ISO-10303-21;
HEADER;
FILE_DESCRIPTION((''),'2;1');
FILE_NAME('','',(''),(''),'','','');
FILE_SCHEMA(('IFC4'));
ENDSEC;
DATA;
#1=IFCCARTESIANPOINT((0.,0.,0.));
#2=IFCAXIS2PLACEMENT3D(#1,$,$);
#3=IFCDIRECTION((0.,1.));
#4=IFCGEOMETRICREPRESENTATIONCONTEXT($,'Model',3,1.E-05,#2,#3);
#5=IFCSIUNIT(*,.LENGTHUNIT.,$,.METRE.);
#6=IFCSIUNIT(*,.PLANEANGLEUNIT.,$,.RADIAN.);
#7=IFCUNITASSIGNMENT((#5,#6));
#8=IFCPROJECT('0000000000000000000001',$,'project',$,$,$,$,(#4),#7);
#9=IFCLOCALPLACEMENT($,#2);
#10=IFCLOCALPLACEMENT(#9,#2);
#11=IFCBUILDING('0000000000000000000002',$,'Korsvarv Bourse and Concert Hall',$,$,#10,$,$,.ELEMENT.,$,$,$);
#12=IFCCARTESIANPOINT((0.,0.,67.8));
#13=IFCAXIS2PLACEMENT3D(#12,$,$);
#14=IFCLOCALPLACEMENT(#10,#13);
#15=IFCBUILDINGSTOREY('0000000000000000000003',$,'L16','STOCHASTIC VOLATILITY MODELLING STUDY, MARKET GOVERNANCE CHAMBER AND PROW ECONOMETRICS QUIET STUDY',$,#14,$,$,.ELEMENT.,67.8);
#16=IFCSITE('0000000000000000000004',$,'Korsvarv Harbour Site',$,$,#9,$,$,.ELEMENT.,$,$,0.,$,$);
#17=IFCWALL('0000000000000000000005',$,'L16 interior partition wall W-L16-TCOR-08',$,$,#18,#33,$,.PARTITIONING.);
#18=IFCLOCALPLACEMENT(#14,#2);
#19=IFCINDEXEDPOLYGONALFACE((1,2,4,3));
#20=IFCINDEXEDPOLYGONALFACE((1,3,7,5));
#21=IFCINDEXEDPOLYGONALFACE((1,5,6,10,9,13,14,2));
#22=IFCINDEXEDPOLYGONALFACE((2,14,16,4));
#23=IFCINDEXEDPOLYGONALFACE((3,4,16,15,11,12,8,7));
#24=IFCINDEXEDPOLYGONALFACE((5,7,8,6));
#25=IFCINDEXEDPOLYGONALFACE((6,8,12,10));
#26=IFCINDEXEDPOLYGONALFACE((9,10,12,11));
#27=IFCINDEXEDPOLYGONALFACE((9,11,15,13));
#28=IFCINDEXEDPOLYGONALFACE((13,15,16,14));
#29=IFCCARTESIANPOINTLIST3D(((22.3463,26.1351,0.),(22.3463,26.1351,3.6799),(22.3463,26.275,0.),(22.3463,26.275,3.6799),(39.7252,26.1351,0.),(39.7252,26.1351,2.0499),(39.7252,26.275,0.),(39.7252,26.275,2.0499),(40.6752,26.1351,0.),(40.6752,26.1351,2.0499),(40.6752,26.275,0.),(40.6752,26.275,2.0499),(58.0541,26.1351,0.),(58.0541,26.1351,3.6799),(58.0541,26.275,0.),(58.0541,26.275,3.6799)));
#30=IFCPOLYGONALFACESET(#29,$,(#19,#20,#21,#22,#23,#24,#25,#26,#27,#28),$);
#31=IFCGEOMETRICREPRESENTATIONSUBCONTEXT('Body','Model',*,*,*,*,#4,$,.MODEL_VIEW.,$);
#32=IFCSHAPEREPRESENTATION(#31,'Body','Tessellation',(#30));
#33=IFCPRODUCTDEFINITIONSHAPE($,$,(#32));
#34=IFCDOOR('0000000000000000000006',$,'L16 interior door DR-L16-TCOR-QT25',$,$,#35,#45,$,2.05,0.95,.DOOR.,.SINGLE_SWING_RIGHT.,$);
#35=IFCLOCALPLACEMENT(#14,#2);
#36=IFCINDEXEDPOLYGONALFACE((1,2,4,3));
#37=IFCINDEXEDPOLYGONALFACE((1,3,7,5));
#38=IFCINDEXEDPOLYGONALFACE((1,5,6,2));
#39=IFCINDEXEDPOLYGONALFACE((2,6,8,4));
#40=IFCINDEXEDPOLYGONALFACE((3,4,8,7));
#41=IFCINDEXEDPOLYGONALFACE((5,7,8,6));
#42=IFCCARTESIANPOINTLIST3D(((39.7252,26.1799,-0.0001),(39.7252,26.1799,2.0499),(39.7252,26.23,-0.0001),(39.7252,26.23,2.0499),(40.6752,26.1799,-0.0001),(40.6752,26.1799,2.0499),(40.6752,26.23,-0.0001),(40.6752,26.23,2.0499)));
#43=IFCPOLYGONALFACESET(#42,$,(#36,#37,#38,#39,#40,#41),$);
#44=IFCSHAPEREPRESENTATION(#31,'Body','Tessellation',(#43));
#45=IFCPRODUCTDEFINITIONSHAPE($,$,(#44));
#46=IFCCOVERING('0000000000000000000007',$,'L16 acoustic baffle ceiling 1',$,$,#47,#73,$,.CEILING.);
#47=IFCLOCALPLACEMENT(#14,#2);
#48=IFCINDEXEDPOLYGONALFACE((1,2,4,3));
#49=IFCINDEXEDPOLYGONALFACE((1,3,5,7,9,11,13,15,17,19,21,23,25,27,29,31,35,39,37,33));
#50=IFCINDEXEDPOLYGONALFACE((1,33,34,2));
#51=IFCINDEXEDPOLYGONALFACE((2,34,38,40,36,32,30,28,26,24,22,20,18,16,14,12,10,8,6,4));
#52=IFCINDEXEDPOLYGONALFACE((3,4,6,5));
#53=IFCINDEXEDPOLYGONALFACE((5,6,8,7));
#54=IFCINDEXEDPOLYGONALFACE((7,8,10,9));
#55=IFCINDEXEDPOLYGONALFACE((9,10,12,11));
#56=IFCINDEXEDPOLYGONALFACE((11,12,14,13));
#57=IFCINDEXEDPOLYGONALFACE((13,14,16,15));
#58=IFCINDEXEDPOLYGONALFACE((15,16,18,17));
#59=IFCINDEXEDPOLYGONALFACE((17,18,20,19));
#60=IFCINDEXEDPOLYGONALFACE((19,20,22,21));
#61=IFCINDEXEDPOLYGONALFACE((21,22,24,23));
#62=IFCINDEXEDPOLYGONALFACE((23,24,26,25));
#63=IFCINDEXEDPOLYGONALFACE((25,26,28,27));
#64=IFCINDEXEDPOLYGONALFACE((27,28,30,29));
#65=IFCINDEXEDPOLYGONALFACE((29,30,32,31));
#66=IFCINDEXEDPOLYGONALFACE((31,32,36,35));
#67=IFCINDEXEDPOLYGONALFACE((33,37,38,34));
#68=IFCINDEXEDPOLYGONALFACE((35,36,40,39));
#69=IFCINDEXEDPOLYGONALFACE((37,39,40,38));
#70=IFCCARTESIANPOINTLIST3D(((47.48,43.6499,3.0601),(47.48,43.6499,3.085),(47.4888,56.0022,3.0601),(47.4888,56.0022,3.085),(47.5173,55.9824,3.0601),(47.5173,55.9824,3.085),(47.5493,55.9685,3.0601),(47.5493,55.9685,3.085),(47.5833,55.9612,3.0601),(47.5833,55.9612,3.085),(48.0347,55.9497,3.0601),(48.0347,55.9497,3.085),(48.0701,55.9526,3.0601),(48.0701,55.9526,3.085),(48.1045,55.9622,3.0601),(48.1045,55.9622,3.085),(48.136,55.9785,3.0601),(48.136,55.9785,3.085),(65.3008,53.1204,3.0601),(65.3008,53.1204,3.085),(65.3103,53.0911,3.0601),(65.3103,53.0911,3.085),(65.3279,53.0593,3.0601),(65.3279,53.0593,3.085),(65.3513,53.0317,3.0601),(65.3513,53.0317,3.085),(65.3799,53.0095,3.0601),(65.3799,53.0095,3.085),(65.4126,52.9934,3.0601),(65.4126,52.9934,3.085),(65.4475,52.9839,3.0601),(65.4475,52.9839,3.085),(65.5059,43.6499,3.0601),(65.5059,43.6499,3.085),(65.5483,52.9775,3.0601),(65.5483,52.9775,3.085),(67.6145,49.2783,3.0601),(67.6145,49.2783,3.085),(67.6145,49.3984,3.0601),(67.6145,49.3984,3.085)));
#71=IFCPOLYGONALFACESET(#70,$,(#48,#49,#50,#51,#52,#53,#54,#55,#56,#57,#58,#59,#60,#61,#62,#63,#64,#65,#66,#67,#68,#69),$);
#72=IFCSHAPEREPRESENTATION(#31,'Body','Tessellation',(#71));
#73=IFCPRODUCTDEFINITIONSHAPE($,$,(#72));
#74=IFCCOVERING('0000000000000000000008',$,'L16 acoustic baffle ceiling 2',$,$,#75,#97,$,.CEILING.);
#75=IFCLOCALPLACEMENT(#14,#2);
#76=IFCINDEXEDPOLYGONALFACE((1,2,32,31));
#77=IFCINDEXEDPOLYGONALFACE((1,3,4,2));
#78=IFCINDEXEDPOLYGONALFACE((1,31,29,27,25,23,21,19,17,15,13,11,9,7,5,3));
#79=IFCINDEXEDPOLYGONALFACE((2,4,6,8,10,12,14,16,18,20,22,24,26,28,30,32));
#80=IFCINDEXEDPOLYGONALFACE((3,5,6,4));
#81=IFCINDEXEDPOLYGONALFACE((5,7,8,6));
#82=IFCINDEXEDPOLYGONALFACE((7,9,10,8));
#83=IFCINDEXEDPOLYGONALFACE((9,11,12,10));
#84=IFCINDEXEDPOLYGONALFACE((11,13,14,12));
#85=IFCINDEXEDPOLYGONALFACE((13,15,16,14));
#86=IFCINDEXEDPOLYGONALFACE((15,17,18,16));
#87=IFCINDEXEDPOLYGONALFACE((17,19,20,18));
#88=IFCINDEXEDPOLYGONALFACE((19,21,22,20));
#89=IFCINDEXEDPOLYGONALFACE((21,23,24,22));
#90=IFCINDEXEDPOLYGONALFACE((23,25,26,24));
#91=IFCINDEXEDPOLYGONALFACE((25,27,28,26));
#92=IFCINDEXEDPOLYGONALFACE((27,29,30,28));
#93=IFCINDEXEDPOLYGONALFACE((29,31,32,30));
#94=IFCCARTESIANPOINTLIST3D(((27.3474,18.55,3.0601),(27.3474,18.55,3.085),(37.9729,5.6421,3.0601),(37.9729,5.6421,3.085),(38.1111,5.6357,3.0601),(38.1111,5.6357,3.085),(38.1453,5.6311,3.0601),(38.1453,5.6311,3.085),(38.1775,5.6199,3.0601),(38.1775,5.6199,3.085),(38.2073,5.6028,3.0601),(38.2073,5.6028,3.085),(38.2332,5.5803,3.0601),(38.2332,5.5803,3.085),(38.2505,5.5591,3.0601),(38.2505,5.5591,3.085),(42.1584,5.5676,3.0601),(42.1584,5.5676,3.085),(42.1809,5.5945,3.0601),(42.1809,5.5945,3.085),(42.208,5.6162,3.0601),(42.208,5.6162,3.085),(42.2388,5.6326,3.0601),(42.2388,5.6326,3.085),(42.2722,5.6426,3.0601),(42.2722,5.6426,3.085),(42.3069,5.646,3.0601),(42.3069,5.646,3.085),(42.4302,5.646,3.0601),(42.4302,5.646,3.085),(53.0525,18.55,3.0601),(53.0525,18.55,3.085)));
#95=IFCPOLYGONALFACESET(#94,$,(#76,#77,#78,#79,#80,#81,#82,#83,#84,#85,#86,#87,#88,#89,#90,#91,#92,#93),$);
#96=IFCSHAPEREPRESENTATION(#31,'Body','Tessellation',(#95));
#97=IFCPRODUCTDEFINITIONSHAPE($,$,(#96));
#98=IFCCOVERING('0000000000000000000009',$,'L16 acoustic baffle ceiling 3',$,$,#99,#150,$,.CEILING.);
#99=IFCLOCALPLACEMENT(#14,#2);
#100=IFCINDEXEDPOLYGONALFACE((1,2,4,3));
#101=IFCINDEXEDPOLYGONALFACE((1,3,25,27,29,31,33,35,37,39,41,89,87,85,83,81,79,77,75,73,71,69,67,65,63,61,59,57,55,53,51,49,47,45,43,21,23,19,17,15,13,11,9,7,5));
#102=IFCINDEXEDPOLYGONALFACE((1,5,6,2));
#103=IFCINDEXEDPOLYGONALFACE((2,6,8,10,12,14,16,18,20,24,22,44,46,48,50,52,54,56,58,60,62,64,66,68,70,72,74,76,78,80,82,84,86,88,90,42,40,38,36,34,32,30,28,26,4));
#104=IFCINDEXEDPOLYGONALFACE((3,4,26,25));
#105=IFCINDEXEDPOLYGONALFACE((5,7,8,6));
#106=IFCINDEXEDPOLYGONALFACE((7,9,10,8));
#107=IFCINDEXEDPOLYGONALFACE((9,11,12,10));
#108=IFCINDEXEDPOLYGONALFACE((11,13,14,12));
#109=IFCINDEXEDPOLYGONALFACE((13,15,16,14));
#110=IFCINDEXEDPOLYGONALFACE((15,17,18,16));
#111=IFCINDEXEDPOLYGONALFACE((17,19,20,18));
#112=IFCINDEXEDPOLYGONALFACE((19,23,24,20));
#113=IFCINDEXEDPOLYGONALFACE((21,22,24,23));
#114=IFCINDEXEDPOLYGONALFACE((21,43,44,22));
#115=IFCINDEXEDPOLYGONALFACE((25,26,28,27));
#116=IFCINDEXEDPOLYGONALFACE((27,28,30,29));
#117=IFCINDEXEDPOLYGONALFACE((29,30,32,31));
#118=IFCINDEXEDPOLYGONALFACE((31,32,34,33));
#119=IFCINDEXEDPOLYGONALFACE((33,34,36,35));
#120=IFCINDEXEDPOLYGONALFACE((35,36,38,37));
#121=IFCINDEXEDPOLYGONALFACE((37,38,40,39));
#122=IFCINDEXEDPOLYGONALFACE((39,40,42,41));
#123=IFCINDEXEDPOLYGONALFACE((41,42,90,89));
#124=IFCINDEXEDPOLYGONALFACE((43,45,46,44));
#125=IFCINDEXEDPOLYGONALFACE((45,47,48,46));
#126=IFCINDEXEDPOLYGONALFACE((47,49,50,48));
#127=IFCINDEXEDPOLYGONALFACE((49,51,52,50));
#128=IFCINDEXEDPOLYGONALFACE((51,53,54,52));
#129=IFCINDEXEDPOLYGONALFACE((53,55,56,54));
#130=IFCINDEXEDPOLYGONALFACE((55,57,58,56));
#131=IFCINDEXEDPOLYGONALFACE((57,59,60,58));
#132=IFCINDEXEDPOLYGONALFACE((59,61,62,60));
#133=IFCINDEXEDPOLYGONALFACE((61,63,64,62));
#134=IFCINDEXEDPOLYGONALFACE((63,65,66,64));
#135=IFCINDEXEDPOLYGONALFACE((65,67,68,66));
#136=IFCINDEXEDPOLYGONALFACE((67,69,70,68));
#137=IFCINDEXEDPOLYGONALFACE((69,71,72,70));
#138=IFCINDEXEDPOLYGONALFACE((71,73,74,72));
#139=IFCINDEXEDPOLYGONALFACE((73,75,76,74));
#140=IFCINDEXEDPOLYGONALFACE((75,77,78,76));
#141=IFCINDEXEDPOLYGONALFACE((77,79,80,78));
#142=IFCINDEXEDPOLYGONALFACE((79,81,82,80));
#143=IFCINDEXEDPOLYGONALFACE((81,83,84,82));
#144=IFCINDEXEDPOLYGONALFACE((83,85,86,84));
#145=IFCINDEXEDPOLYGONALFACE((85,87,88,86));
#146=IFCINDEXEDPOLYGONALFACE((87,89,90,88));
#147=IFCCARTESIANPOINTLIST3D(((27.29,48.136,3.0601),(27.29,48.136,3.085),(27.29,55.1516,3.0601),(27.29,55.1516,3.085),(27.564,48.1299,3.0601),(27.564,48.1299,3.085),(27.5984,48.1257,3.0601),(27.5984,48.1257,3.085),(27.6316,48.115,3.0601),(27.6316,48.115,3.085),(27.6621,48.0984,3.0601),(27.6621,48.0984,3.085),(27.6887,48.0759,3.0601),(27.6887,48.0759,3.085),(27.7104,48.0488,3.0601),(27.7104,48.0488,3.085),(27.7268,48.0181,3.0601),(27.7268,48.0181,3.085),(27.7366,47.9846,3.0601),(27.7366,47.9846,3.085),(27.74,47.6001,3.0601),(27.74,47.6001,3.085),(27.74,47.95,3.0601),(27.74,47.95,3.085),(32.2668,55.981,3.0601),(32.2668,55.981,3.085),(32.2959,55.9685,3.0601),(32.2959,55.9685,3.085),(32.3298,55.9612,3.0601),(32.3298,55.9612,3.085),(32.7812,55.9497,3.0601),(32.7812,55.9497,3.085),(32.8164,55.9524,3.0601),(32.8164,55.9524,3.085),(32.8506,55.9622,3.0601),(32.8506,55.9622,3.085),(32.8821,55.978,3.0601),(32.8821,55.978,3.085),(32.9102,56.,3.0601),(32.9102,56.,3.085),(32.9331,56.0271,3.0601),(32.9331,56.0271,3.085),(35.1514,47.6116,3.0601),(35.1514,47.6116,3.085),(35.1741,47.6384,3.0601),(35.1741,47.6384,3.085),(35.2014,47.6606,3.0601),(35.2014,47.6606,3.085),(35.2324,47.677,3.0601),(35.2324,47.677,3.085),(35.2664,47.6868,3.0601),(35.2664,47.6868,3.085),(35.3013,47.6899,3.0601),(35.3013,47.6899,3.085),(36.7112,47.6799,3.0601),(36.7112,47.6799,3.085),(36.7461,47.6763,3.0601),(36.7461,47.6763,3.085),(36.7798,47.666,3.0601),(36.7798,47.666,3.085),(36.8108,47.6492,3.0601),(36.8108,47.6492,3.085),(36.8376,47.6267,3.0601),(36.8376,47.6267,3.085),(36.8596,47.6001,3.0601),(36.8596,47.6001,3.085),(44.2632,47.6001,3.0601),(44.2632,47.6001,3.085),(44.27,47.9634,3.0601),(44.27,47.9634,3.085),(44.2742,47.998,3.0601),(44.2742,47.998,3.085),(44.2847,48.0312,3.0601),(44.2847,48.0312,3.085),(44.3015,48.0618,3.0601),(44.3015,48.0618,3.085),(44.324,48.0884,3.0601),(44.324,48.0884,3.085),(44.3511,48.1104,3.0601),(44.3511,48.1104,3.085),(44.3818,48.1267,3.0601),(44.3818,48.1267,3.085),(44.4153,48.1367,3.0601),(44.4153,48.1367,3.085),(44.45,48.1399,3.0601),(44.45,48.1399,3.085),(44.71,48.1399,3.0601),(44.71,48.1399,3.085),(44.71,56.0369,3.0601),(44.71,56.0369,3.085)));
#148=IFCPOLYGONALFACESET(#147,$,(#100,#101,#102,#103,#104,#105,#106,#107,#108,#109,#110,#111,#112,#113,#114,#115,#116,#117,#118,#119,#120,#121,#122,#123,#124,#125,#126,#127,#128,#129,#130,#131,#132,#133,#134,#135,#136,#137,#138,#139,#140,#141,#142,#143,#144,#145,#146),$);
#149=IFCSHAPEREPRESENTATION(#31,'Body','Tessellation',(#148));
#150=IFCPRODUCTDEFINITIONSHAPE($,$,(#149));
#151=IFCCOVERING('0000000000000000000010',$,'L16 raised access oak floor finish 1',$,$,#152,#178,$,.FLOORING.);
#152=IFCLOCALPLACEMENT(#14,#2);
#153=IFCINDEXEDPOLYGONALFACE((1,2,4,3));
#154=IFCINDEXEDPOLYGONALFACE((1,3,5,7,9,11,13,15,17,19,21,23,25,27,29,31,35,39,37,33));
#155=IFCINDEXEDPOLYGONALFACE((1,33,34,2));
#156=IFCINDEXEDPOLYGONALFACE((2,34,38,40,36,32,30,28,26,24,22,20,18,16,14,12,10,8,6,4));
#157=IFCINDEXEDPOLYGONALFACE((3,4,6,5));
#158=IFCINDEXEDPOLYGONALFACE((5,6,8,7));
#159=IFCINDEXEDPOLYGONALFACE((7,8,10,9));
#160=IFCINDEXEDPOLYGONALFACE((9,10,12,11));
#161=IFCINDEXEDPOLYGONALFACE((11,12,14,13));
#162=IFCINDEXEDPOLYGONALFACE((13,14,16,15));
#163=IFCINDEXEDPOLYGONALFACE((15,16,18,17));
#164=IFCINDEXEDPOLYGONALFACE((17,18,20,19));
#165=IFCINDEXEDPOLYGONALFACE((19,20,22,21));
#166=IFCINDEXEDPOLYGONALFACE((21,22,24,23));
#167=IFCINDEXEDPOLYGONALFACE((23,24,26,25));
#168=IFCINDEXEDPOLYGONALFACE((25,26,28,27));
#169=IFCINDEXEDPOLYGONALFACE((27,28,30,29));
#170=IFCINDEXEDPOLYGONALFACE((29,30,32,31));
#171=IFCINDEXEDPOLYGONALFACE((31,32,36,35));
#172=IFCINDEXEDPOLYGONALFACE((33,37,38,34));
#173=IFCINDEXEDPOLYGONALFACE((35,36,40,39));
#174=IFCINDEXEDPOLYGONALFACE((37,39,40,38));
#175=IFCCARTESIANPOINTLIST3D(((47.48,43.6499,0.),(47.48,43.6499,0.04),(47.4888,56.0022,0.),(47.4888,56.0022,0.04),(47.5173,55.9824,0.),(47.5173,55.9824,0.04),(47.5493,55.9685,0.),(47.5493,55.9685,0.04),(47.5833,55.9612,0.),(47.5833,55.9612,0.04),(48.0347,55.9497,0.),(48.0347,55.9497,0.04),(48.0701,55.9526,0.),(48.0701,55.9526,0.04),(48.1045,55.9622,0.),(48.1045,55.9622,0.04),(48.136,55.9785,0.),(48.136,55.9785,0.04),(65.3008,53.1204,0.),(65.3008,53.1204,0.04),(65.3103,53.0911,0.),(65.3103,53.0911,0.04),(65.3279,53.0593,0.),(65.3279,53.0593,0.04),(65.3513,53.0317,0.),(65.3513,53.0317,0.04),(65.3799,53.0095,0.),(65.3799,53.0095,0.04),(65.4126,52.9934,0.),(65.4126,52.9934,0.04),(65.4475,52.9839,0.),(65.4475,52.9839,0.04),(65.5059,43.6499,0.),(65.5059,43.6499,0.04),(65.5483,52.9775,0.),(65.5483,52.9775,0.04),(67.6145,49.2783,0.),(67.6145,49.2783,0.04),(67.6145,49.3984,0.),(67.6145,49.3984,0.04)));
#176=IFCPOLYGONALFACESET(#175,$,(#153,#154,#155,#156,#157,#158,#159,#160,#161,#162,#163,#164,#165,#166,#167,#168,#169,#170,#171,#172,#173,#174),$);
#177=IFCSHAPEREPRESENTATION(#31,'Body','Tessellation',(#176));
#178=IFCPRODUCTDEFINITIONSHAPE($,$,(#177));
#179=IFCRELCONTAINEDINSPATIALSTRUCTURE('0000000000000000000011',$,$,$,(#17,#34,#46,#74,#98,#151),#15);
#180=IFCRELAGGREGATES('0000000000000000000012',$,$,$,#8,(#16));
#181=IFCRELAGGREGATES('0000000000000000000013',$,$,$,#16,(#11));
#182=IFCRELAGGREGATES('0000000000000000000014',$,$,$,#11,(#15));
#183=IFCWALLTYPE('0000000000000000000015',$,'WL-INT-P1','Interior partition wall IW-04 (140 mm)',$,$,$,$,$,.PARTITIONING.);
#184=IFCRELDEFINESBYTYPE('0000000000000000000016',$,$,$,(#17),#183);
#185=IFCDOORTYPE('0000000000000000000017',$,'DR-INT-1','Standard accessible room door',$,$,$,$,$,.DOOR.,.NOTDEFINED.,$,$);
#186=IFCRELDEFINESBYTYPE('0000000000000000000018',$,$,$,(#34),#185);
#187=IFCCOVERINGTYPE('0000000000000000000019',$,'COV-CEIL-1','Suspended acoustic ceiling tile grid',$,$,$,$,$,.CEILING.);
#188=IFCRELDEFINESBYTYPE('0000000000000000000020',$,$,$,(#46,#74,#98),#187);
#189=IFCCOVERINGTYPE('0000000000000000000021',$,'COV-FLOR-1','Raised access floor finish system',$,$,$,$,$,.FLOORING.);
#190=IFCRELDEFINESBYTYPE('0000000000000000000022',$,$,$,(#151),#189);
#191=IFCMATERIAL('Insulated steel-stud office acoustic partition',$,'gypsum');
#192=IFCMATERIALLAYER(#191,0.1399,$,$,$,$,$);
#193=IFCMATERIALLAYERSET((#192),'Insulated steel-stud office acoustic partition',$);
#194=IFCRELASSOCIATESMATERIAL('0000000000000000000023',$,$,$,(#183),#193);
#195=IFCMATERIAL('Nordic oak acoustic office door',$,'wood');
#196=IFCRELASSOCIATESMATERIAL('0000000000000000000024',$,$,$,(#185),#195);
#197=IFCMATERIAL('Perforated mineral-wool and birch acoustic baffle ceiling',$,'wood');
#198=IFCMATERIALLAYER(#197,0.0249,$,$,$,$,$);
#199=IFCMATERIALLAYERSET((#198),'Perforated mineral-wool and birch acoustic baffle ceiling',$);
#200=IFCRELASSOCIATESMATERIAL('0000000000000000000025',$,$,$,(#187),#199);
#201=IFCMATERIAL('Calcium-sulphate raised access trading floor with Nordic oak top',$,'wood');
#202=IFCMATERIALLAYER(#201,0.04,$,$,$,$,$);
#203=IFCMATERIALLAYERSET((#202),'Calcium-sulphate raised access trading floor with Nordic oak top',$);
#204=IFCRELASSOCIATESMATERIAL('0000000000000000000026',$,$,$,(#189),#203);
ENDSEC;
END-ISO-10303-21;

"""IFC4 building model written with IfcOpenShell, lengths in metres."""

from ifc_helpers import new_model, si_unit, direction, frame, frame_2d, origin, place, context, subcontext, project, spatial, polyline, rectangle, outline, extrude, material, layer, layer_set, type_object, element, fill, save


model = new_model("IFC4")

# Units and contexts
model_context = context("Model", 3, precision=1e-05, world=origin(), true_north=direction((0.0, 1.0)))
body_context = subcontext(model_context, "Body", "Model", "MODEL_VIEW")
ifc_project = project(units=[si_unit("LENGTHUNIT", "METRE"), si_unit("PLANEANGLEUNIT", "RADIAN")], contexts=[model_context])

# Site, building, storey
site_placement = place(None, origin())
site = spatial("IfcSite", under=ifc_project, at=site_placement, Name="Korsvarv Harbour Site", CompositionType="ELEMENT", RefElevation=0.0)
building_placement = place(site_placement, origin())
building = spatial("IfcBuilding", under=site, at=building_placement, Name="Korsvarv Bourse and Concert Hall", CompositionType="ELEMENT")
storey_placement = place(building_placement, frame((0.0, 0.0, 67.8)))
storey = spatial("IfcBuildingStorey", under=building, at=storey_placement, Name="L16", Description="STOCHASTIC VOLATILITY MODELLING STUDY, MARKET GOVERNANCE CHAMBER AND PROW ECONOMETRICS QUIET STUDY", CompositionType="ELEMENT", Elevation=67.8)

# Wall, opening, door
ifc_material_1 = material(Name="Insulated steel-stud office acoustic partition", Category="gypsum")
ifc_layer_1 = layer(ifc_material_1, 0.1399)
ifc_layer_set_1 = layer_set([ifc_layer_1], Name="Insulated steel-stud office acoustic partition")
wall_type = type_object("IfcWallType", Name="WL-INT-P1", Description="Interior partition wall IW-04 (140 mm)", PredefinedType="PARTITIONING", material=ifc_layer_set_1)
wall_placement = place(storey_placement, frame((22.3462, 26.2051, 0.0), z_axis=(0.0, 0.0, 1.0), x_axis=(1.0, 0.0, 0.0)))
wall = element("IfcWall", 1, at=wall_placement, inside=storey, type_object=wall_type, Name="L16 interior partition wall W-L16-TCOR-08", PredefinedType="PARTITIONING", context=body_context, shape_type="SweptSolid", body=[
    extrude(rectangle(XDim=35.7078, YDim=0.1399, at=frame_2d((17.854, 0.0))), origin(), (0.0, 0.0, 1.0), 3.6799),
])
opening_placement = place(wall_placement, frame((17.3789, 0.0, 0.0)))
opening = element("IfcOpeningElement", 2, at=opening_placement, cuts=wall, PredefinedType="OPENING", context=body_context, shape_type="SweptSolid", body=[
    extrude(rectangle(XDim=0.95, YDim=2.05, at=frame_2d((0.4751, 1.0249))), frame((0.0, 0.0801, 0.0), z_axis=(0.0, -1.0, 0.0), x_axis=(1.0, 0.0, 0.0)), (0.0, 0.0, 1.0), 0.1599),
])
ifc_material_2 = material(Name="Nordic oak acoustic office door", Category="wood")
door_type = type_object("IfcDoorType", Name="DR-INT-1", Description="Standard accessible room door", OperationType="NOTDEFINED", PredefinedType="DOOR", material=ifc_material_2)
door_placement = place(opening_placement, origin())
door = element("IfcDoor", 3, at=door_placement, inside=storey, type_object=door_type, Name="L16 interior door DR-L16-TCOR-QT25", OperationType="SINGLE_SWING_RIGHT", OverallHeight=2.05, OverallWidth=0.95, PredefinedType="DOOR", context=body_context, shape_type="SweptSolid", body=[
    extrude(rectangle(XDim=0.95, YDim=2.05, at=frame_2d((0.4751, 1.0249))), frame((0.0, 0.0249, 0.0), z_axis=(0.0, -1.0, 0.0), x_axis=(1.0, 0.0, 0.0)), (0.0, 0.0, 1.0), 0.05),
])
fill(opening, door)

# Coverings
ifc_material_3 = material(Name="Perforated mineral-wool and birch acoustic baffle ceiling", Category="wood")
ifc_layer_2 = layer(ifc_material_3, 0.0249)
ifc_layer_set_2 = layer_set([ifc_layer_2], Name="Perforated mineral-wool and birch acoustic baffle ceiling")
covering_type_1 = type_object("IfcCoveringType", Name="COV-CEIL-1", Description="Suspended acoustic ceiling tile grid", PredefinedType="CEILING", material=ifc_layer_set_2)
covering_1_placement = place(storey_placement, frame((0.0, 0.0, 3.0601)))
element("IfcCovering", 4, at=covering_1_placement, inside=storey, type_object=covering_type_1, Name="L16 acoustic baffle ceiling 1", PredefinedType="CEILING", context=body_context, shape_type="SweptSolid", body=[
    extrude(outline(polyline([(47.4888, 56.0022), (47.5173, 55.9824), (47.5493, 55.9685), (47.5833, 55.9612), (48.0347, 55.9497), (48.0701, 55.9526), (48.1045, 55.9622), (48.136, 55.9785), (65.3008, 53.1204), (65.3103, 53.0911), (65.3279, 53.0593), (65.3513, 53.0317), (65.3799, 53.0095), (65.4126, 52.9934), (65.4475, 52.9839), (65.5483, 52.9775), (67.6145, 49.3984), (67.6145, 49.2783), (65.5059, 43.6499), (47.48, 43.6499), (47.4888, 56.0022)])), origin(), (0.0, 0.0, 1.0), 0.0249),
])
covering_2_placement = place(storey_placement, frame((0.0, 0.0, 3.0601)))
element("IfcCovering", 5, at=covering_2_placement, inside=storey, type_object=covering_type_1, Name="L16 acoustic baffle ceiling 2", PredefinedType="CEILING", context=body_context, shape_type="SweptSolid", body=[
    extrude(outline(polyline([(53.0525, 18.55), (42.4302, 5.646), (42.3069, 5.646), (42.2722, 5.6426), (42.2388, 5.6326), (42.208, 5.6162), (42.1809, 5.5945), (42.1584, 5.5676), (38.2505, 5.5591), (38.2332, 5.5803), (38.2073, 5.6028), (38.1775, 5.6199), (38.1453, 5.6311), (38.1111, 5.6357), (37.9729, 5.6421), (27.3474, 18.55), (53.0525, 18.55)])), origin(), (0.0, 0.0, 1.0), 0.0249),
])
covering_3_placement = place(storey_placement, frame((0.0, 0.0, 3.0601)))
element("IfcCovering", 6, at=covering_3_placement, inside=storey, type_object=covering_type_1, Name="L16 acoustic baffle ceiling 3", PredefinedType="CEILING", context=body_context, shape_type="SweptSolid", body=[
    extrude(outline(polyline([(32.2668, 55.981), (32.2959, 55.9685), (32.3298, 55.9612), (32.7812, 55.9497), (32.8164, 55.9524), (32.8506, 55.9622), (32.8821, 55.978), (32.9102, 56.0), (32.9331, 56.0271), (44.71, 56.0369), (44.71, 48.1399), (44.45, 48.1399), (44.4153, 48.1367), (44.3818, 48.1267), (44.3511, 48.1104), (44.324, 48.0884), (44.3015, 48.0618), (44.2847, 48.0312), (44.2742, 47.998), (44.27, 47.9634), (44.2632, 47.6001), (36.8596, 47.6001), (36.8376, 47.6267), (36.8108, 47.6492), (36.7798, 47.666), (36.7461, 47.6763), (36.7112, 47.6799), (35.3013, 47.6899), (35.2664, 47.6868), (35.2324, 47.677), (35.2014, 47.6606), (35.1741, 47.6384), (35.1514, 47.6116), (27.74, 47.6001), (27.74, 47.95), (27.7366, 47.9846), (27.7268, 48.0181), (27.7104, 48.0488), (27.6887, 48.0759), (27.6621, 48.0984), (27.6316, 48.115), (27.5984, 48.1257), (27.564, 48.1299), (27.29, 48.136), (27.29, 55.1516), (32.2668, 55.981)])), origin(), (0.0, 0.0, 1.0), 0.0249),
])
ifc_material_4 = material(Name="Calcium-sulphate raised access trading floor with Nordic oak top", Category="wood")
ifc_layer_3 = layer(ifc_material_4, 0.04)
ifc_layer_set_3 = layer_set([ifc_layer_3], Name="Calcium-sulphate raised access trading floor with Nordic oak top")
covering_type_2 = type_object("IfcCoveringType", Name="COV-FLOR-1", Description="Raised access floor finish system", PredefinedType="FLOORING", material=ifc_layer_set_3)
covering_4_placement = place(storey_placement, origin())
element("IfcCovering", 7, at=covering_4_placement, inside=storey, type_object=covering_type_2, Name="L16 raised access oak floor finish 1", PredefinedType="FLOORING", context=body_context, shape_type="SweptSolid", body=[
    extrude(outline(polyline([(47.4888, 56.0022), (47.5173, 55.9824), (47.5493, 55.9685), (47.5833, 55.9612), (48.0347, 55.9497), (48.0701, 55.9526), (48.1045, 55.9622), (48.136, 55.9785), (65.3008, 53.1204), (65.3103, 53.0911), (65.3279, 53.0593), (65.3513, 53.0317), (65.3799, 53.0095), (65.4126, 52.9934), (65.4475, 52.9839), (65.5483, 52.9775), (67.6145, 49.3984), (67.6145, 49.2783), (65.5059, 43.6499), (47.48, 43.6499), (47.4888, 56.0022)])), origin(), (0.0, 0.0, 1.0), 0.04),
])

save(model, "model.ifc")
